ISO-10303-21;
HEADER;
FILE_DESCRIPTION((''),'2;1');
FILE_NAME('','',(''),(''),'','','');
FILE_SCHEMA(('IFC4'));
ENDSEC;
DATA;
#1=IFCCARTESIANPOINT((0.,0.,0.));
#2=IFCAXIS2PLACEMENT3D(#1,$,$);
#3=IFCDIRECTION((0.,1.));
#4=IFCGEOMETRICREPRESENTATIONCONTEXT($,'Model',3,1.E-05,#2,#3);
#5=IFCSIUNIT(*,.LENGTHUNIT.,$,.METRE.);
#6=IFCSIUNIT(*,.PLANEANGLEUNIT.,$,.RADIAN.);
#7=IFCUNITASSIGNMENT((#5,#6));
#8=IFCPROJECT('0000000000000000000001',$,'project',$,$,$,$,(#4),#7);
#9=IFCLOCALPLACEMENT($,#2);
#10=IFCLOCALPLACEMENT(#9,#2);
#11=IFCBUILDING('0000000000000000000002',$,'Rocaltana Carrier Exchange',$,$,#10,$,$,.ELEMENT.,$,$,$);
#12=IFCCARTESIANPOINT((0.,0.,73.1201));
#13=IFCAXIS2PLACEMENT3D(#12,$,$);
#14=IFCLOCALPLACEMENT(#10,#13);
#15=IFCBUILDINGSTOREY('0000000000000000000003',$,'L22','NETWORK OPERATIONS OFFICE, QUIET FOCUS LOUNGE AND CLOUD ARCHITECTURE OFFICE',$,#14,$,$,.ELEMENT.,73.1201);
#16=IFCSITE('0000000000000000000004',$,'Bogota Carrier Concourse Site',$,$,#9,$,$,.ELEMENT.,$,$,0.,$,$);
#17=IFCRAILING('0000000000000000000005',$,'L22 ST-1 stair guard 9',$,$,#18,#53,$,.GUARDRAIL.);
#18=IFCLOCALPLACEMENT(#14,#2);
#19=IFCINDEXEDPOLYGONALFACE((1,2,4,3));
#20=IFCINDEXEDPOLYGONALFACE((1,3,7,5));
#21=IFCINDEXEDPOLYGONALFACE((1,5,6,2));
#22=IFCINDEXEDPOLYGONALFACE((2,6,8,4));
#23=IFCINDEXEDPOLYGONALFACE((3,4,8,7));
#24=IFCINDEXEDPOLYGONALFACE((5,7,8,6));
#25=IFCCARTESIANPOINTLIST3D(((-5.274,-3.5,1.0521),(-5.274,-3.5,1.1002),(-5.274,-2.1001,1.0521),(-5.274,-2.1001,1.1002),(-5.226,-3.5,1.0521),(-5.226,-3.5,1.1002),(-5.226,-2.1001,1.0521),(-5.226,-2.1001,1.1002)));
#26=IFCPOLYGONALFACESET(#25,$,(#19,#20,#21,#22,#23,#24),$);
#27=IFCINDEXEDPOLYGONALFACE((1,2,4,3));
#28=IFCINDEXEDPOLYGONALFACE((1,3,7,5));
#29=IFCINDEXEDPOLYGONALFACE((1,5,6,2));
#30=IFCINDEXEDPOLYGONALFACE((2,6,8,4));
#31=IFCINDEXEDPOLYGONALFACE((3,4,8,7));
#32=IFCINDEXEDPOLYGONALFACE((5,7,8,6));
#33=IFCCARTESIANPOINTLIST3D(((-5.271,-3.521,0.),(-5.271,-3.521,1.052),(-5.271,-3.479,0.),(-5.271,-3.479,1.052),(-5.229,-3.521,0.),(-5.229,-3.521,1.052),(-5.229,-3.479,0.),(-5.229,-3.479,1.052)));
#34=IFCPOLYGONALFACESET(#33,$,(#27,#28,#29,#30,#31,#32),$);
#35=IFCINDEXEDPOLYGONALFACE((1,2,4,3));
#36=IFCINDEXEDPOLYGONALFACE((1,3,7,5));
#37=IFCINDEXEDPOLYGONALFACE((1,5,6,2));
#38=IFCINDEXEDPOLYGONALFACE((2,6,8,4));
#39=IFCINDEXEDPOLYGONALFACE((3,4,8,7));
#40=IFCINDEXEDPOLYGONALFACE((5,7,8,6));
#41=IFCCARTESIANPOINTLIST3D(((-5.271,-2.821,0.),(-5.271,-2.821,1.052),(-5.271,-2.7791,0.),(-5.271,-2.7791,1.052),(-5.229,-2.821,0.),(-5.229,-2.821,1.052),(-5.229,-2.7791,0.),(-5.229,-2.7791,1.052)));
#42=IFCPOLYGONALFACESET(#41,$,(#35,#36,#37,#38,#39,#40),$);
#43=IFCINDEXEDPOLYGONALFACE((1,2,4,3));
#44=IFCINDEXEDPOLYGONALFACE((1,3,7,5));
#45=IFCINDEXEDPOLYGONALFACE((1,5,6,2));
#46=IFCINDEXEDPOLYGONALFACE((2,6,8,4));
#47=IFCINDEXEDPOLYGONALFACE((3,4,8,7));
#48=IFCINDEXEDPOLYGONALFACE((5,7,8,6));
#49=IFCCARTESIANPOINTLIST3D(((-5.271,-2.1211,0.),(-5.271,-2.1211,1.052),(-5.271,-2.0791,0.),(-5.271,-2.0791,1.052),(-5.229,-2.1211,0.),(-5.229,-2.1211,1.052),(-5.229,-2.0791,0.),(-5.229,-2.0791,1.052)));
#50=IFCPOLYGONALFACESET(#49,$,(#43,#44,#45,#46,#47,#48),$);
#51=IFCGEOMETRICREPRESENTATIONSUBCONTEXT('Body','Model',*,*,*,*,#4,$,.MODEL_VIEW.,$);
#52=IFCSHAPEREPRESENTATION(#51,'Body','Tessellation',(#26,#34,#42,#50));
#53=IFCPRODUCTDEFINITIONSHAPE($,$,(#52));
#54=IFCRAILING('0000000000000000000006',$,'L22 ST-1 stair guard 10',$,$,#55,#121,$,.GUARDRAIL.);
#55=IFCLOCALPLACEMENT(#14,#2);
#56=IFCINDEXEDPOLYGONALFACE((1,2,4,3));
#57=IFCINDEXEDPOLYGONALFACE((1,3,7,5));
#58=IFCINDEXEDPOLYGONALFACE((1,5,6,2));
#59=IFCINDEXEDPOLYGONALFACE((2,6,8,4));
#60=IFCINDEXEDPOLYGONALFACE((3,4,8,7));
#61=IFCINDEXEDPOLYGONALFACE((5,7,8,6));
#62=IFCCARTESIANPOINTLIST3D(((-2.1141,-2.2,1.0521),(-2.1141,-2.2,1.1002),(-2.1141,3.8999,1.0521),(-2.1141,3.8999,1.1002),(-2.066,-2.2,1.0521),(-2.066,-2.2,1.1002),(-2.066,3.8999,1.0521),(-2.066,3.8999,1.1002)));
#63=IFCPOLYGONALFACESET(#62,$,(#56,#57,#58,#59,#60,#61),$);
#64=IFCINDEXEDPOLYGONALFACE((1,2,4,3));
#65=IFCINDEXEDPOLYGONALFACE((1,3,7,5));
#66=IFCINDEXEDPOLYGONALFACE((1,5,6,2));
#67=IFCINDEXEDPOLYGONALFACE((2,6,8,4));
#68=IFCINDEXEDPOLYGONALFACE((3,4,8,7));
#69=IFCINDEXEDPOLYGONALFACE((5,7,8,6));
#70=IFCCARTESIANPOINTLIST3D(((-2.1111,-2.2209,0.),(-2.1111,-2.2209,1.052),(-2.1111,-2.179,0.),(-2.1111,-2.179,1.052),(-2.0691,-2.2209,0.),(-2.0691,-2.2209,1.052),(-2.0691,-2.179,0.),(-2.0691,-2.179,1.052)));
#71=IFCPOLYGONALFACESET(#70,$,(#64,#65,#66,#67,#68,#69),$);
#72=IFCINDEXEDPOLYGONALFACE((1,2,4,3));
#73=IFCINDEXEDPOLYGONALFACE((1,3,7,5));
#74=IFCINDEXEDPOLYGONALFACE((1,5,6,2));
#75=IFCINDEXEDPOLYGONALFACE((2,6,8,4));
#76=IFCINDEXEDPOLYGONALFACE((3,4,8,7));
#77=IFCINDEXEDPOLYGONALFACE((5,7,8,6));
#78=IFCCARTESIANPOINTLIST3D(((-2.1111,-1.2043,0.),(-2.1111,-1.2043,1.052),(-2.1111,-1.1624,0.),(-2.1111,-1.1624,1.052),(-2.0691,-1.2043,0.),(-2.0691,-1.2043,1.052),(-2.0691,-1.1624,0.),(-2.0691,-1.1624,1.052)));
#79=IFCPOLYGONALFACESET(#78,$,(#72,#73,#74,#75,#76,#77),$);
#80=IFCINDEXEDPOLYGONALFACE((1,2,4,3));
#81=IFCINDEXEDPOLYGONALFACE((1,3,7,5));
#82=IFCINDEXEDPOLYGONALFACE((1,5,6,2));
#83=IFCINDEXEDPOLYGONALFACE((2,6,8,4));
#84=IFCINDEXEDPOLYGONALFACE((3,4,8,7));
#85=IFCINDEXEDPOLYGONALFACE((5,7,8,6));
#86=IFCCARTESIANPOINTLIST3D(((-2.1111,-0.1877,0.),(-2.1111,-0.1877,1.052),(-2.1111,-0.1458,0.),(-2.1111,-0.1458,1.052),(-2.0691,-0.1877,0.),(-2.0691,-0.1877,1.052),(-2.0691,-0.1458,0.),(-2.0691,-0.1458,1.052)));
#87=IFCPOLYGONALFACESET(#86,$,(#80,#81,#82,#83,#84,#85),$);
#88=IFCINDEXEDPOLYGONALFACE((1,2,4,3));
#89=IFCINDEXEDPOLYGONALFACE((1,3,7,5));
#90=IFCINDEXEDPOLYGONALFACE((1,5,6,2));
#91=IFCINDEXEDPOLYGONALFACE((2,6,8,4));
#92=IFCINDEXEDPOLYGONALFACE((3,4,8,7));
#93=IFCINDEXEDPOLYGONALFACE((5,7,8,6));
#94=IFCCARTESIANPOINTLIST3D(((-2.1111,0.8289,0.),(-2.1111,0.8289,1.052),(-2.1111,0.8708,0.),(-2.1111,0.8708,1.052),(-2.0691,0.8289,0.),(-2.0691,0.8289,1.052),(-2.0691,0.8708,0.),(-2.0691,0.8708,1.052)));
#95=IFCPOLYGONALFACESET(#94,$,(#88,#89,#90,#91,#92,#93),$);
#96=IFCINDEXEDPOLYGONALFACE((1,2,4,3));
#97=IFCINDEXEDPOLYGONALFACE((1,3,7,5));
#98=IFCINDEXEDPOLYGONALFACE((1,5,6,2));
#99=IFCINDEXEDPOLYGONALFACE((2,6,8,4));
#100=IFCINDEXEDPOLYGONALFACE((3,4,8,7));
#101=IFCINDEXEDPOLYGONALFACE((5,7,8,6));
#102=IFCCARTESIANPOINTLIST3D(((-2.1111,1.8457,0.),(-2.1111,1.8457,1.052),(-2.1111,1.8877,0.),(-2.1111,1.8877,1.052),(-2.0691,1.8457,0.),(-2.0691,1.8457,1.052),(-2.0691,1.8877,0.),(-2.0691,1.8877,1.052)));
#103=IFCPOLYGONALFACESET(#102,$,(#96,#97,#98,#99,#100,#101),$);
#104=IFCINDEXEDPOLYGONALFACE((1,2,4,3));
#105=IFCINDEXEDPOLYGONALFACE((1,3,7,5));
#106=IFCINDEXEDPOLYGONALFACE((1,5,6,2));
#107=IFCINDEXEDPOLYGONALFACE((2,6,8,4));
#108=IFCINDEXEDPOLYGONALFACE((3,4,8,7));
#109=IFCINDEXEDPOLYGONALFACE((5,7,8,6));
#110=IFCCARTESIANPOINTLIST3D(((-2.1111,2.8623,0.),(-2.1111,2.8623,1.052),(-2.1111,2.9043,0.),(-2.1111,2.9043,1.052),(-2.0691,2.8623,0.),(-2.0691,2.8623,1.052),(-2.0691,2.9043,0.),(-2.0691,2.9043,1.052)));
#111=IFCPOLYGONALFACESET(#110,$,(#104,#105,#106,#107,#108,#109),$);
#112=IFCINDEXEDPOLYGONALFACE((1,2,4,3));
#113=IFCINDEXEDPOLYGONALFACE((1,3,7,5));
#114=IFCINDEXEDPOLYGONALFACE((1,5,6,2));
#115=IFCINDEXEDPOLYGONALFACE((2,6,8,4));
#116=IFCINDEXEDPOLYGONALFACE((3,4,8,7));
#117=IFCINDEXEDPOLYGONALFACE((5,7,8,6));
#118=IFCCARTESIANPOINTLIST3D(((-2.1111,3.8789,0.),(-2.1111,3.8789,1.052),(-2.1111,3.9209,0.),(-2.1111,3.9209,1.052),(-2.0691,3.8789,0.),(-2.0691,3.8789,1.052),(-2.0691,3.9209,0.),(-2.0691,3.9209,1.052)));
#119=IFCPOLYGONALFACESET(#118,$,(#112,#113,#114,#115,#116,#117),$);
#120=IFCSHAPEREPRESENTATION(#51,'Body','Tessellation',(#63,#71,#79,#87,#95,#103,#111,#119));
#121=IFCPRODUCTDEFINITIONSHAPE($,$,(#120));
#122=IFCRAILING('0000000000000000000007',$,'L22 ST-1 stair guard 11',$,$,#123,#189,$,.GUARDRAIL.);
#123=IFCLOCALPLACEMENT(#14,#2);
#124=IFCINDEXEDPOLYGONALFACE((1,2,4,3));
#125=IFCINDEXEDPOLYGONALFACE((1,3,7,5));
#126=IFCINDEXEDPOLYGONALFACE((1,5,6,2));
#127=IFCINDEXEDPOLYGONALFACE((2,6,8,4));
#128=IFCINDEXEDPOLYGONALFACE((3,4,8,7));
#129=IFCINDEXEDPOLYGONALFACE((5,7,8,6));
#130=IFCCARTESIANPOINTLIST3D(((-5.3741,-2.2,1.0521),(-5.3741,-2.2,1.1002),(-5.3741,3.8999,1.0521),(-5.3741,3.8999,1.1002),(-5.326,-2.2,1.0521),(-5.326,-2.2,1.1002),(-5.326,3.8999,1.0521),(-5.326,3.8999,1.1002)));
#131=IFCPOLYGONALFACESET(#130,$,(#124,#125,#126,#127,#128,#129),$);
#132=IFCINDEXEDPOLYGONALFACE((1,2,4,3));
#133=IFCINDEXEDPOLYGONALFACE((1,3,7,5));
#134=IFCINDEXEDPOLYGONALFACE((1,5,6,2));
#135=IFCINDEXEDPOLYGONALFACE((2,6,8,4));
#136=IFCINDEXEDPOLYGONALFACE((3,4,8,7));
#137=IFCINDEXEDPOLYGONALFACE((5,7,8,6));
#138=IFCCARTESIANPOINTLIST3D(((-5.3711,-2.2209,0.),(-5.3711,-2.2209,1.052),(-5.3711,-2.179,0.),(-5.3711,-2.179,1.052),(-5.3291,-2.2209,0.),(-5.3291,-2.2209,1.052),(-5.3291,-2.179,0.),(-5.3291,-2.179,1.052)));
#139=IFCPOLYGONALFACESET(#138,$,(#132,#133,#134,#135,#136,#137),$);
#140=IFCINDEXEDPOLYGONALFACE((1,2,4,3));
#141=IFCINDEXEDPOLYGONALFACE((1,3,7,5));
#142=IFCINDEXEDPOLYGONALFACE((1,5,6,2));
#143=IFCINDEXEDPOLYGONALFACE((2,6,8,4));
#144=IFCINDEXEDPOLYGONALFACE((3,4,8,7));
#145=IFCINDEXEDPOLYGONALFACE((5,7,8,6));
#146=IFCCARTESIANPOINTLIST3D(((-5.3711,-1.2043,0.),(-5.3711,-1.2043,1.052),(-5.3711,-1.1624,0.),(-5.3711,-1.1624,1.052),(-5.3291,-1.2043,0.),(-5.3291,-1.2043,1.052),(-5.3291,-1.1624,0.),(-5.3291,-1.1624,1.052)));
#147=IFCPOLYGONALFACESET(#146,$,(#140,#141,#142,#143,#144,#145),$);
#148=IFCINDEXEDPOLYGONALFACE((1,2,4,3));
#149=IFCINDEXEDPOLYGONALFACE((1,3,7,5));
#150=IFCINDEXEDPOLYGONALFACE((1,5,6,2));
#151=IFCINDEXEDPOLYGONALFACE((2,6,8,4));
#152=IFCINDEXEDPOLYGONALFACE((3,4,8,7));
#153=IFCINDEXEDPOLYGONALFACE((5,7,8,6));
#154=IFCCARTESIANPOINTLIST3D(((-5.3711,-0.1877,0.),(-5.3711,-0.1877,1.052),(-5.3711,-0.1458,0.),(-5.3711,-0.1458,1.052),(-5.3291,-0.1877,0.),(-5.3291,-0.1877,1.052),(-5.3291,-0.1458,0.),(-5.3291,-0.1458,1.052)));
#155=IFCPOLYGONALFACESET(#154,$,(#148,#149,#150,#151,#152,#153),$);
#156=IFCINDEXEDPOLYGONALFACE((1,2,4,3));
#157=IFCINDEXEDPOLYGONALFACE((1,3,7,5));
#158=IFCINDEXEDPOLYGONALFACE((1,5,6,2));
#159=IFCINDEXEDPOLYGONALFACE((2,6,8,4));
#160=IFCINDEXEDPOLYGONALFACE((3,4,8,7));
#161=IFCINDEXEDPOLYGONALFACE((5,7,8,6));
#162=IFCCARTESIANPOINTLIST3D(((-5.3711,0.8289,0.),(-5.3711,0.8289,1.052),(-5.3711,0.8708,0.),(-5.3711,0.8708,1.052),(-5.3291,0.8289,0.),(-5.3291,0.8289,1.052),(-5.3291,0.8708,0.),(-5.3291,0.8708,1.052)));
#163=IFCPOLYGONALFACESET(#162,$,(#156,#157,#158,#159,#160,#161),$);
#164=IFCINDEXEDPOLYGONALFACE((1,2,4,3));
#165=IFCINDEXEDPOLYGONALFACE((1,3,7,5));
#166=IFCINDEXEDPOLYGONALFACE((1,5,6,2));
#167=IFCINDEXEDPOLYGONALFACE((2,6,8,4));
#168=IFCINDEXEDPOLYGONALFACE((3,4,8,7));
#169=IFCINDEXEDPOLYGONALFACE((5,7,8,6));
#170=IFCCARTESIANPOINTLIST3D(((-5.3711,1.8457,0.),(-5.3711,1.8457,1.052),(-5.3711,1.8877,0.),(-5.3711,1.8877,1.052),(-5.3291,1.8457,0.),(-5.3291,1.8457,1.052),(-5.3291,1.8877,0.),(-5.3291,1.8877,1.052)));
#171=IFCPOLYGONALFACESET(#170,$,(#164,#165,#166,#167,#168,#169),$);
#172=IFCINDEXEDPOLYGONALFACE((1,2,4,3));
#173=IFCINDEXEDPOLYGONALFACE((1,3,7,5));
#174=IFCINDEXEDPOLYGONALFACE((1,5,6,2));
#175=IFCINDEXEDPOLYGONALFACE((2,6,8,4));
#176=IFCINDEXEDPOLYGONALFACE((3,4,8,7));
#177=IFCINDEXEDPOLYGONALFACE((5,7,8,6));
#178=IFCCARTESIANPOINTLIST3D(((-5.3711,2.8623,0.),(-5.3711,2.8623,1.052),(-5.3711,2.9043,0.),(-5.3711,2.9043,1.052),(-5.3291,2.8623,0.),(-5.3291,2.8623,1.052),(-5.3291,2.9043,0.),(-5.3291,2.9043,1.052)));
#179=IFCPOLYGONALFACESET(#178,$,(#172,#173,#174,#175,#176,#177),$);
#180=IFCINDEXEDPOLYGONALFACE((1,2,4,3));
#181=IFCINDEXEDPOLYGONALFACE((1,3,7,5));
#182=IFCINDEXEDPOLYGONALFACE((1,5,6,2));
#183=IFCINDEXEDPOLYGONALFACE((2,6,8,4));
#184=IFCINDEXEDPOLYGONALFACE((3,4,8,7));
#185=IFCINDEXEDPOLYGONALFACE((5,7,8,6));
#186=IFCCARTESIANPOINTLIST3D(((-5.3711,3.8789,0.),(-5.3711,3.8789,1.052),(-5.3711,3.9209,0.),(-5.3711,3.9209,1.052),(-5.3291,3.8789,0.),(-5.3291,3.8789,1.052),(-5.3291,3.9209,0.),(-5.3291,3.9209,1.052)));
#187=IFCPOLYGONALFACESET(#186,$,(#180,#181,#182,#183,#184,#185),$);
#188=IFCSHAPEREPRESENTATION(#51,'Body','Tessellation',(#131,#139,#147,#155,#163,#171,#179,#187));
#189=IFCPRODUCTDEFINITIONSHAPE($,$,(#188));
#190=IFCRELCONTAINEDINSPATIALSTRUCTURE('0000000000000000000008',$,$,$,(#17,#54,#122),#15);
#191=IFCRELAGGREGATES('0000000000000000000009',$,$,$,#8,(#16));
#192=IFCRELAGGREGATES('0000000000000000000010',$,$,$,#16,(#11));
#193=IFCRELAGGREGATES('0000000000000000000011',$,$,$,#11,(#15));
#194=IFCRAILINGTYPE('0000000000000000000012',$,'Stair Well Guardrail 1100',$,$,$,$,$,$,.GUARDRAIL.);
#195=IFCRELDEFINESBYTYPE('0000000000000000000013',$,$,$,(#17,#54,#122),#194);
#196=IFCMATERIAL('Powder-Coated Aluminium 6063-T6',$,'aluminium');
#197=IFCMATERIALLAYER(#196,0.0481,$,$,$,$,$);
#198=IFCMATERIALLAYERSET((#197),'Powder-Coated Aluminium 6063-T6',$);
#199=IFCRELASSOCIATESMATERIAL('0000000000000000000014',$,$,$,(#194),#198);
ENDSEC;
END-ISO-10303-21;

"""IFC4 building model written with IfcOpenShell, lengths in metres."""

from ifc_helpers import new_model, si_unit, direction, frame, origin, origin_2d, place, context, subcontext, project, spatial, rectangle, extrude, material, layer, layer_set, type_object, element, save


model = new_model("IFC4")

# Units and contexts
model_context = context("Model", 3, precision=1e-05, world=origin(), true_north=direction((0.0, 1.0)))
body_context = subcontext(model_context, "Body", "Model", "MODEL_VIEW")
ifc_project = project(units=[si_unit("LENGTHUNIT", "METRE"), si_unit("PLANEANGLEUNIT", "RADIAN")], contexts=[model_context])

# Site, building, storey
site_placement = place(None, origin())
site = spatial("IfcSite", under=ifc_project, at=site_placement, Name="Bogota Carrier Concourse Site", CompositionType="ELEMENT", RefElevation=0.0)
building_placement = place(site_placement, origin())
building = spatial("IfcBuilding", under=site, at=building_placement, Name="Rocaltana Carrier Exchange", CompositionType="ELEMENT")
storey_placement = place(building_placement, frame((0.0, 0.0, 73.1201)))
storey = spatial("IfcBuildingStorey", under=building, at=storey_placement, Name="L22", Description="NETWORK OPERATIONS OFFICE, QUIET FOCUS LOUNGE AND CLOUD ARCHITECTURE OFFICE", CompositionType="ELEMENT", Elevation=73.1201)

# Railings
ifc_material_1 = material(Name="Powder-Coated Aluminium 6063-T6", Category="aluminium")
ifc_layer_1 = layer(ifc_material_1, 0.0481)
ifc_layer_set_1 = layer_set([ifc_layer_1], Name="Powder-Coated Aluminium 6063-T6")
railing_type_1 = type_object("IfcRailingType", Name="Stair Well Guardrail 1100", PredefinedType="GUARDRAIL", material=ifc_layer_set_1)
for number, where, name in (
    (1, (-5.25, -3.5, 0.0), "L22 ST-1 stair guard 9"),
):
    element("IfcRailing", number, at=place(storey_placement, frame(where)), inside=storey, type_object=railing_type_1, Name=name, PredefinedType="GUARDRAIL", context=body_context, shape_type="SweptSolid", body=[
        extrude(rectangle(XDim=0.0481, YDim=0.0481, at=origin_2d()), frame((0.0, 0.0, 1.0762), z_axis=(0.0, 1.0, 0.0), x_axis=(-1.0, 0.0, 0.0)), (0.0, 0.0, 1.0), 1.3999),
        extrude(rectangle(XDim=0.042, YDim=0.042, at=origin_2d()), origin(), (0.0, 0.0, 1.0), 1.052),
        extrude(rectangle(XDim=0.042, YDim=0.042, at=origin_2d()), frame((0.0, 0.7, 0.0)), (0.0, 0.0, 1.0), 1.052),
        extrude(rectangle(XDim=0.042, YDim=0.042, at=origin_2d()), frame((0.0, 1.3999, 0.0)), (0.0, 0.0, 1.0), 1.052),
    ])
for number, where, name in (
    (2, (-2.0901, -2.2, 0.0), "L22 ST-1 stair guard 10"),
    (3, (-5.3501, -2.2, 0.0), "L22 ST-1 stair guard 11"),
):
    element("IfcRailing", number, at=place(storey_placement, frame(where)), inside=storey, type_object=railing_type_1, Name=name, PredefinedType="GUARDRAIL", context=body_context, shape_type="SweptSolid", body=[
        extrude(rectangle(XDim=0.0481, YDim=0.0481, at=origin_2d()), frame((0.0, 0.0, 1.0762), z_axis=(0.0, 1.0, 0.0), x_axis=(-1.0, 0.0, 0.0)), (0.0, 0.0, 1.0), 6.0999),
        extrude(rectangle(XDim=0.042, YDim=0.042, at=origin_2d()), origin(), (0.0, 0.0, 1.0), 1.052),
        extrude(rectangle(XDim=0.042, YDim=0.042, at=origin_2d()), frame((0.0, 1.0166, 0.0)), (0.0, 0.0, 1.0), 1.052),
        extrude(rectangle(XDim=0.042, YDim=0.042, at=origin_2d()), frame((0.0, 2.0332, 0.0)), (0.0, 0.0, 1.0), 1.052),
        extrude(rectangle(XDim=0.042, YDim=0.042, at=origin_2d()), frame((0.0, 3.0498, 0.0)), (0.0, 0.0, 1.0), 1.052),
        extrude(rectangle(XDim=0.042, YDim=0.042, at=origin_2d()), frame((0.0, 4.0667, 0.0)), (0.0, 0.0, 1.0), 1.052),
        extrude(rectangle(XDim=0.042, YDim=0.042, at=origin_2d()), frame((0.0, 5.0833, 0.0)), (0.0, 0.0, 1.0), 1.052),
        extrude(rectangle(XDim=0.042, YDim=0.042, at=origin_2d()), frame((0.0, 6.0999, 0.0)), (0.0, 0.0, 1.0), 1.052),
    ])

save(model, "model.ifc")
